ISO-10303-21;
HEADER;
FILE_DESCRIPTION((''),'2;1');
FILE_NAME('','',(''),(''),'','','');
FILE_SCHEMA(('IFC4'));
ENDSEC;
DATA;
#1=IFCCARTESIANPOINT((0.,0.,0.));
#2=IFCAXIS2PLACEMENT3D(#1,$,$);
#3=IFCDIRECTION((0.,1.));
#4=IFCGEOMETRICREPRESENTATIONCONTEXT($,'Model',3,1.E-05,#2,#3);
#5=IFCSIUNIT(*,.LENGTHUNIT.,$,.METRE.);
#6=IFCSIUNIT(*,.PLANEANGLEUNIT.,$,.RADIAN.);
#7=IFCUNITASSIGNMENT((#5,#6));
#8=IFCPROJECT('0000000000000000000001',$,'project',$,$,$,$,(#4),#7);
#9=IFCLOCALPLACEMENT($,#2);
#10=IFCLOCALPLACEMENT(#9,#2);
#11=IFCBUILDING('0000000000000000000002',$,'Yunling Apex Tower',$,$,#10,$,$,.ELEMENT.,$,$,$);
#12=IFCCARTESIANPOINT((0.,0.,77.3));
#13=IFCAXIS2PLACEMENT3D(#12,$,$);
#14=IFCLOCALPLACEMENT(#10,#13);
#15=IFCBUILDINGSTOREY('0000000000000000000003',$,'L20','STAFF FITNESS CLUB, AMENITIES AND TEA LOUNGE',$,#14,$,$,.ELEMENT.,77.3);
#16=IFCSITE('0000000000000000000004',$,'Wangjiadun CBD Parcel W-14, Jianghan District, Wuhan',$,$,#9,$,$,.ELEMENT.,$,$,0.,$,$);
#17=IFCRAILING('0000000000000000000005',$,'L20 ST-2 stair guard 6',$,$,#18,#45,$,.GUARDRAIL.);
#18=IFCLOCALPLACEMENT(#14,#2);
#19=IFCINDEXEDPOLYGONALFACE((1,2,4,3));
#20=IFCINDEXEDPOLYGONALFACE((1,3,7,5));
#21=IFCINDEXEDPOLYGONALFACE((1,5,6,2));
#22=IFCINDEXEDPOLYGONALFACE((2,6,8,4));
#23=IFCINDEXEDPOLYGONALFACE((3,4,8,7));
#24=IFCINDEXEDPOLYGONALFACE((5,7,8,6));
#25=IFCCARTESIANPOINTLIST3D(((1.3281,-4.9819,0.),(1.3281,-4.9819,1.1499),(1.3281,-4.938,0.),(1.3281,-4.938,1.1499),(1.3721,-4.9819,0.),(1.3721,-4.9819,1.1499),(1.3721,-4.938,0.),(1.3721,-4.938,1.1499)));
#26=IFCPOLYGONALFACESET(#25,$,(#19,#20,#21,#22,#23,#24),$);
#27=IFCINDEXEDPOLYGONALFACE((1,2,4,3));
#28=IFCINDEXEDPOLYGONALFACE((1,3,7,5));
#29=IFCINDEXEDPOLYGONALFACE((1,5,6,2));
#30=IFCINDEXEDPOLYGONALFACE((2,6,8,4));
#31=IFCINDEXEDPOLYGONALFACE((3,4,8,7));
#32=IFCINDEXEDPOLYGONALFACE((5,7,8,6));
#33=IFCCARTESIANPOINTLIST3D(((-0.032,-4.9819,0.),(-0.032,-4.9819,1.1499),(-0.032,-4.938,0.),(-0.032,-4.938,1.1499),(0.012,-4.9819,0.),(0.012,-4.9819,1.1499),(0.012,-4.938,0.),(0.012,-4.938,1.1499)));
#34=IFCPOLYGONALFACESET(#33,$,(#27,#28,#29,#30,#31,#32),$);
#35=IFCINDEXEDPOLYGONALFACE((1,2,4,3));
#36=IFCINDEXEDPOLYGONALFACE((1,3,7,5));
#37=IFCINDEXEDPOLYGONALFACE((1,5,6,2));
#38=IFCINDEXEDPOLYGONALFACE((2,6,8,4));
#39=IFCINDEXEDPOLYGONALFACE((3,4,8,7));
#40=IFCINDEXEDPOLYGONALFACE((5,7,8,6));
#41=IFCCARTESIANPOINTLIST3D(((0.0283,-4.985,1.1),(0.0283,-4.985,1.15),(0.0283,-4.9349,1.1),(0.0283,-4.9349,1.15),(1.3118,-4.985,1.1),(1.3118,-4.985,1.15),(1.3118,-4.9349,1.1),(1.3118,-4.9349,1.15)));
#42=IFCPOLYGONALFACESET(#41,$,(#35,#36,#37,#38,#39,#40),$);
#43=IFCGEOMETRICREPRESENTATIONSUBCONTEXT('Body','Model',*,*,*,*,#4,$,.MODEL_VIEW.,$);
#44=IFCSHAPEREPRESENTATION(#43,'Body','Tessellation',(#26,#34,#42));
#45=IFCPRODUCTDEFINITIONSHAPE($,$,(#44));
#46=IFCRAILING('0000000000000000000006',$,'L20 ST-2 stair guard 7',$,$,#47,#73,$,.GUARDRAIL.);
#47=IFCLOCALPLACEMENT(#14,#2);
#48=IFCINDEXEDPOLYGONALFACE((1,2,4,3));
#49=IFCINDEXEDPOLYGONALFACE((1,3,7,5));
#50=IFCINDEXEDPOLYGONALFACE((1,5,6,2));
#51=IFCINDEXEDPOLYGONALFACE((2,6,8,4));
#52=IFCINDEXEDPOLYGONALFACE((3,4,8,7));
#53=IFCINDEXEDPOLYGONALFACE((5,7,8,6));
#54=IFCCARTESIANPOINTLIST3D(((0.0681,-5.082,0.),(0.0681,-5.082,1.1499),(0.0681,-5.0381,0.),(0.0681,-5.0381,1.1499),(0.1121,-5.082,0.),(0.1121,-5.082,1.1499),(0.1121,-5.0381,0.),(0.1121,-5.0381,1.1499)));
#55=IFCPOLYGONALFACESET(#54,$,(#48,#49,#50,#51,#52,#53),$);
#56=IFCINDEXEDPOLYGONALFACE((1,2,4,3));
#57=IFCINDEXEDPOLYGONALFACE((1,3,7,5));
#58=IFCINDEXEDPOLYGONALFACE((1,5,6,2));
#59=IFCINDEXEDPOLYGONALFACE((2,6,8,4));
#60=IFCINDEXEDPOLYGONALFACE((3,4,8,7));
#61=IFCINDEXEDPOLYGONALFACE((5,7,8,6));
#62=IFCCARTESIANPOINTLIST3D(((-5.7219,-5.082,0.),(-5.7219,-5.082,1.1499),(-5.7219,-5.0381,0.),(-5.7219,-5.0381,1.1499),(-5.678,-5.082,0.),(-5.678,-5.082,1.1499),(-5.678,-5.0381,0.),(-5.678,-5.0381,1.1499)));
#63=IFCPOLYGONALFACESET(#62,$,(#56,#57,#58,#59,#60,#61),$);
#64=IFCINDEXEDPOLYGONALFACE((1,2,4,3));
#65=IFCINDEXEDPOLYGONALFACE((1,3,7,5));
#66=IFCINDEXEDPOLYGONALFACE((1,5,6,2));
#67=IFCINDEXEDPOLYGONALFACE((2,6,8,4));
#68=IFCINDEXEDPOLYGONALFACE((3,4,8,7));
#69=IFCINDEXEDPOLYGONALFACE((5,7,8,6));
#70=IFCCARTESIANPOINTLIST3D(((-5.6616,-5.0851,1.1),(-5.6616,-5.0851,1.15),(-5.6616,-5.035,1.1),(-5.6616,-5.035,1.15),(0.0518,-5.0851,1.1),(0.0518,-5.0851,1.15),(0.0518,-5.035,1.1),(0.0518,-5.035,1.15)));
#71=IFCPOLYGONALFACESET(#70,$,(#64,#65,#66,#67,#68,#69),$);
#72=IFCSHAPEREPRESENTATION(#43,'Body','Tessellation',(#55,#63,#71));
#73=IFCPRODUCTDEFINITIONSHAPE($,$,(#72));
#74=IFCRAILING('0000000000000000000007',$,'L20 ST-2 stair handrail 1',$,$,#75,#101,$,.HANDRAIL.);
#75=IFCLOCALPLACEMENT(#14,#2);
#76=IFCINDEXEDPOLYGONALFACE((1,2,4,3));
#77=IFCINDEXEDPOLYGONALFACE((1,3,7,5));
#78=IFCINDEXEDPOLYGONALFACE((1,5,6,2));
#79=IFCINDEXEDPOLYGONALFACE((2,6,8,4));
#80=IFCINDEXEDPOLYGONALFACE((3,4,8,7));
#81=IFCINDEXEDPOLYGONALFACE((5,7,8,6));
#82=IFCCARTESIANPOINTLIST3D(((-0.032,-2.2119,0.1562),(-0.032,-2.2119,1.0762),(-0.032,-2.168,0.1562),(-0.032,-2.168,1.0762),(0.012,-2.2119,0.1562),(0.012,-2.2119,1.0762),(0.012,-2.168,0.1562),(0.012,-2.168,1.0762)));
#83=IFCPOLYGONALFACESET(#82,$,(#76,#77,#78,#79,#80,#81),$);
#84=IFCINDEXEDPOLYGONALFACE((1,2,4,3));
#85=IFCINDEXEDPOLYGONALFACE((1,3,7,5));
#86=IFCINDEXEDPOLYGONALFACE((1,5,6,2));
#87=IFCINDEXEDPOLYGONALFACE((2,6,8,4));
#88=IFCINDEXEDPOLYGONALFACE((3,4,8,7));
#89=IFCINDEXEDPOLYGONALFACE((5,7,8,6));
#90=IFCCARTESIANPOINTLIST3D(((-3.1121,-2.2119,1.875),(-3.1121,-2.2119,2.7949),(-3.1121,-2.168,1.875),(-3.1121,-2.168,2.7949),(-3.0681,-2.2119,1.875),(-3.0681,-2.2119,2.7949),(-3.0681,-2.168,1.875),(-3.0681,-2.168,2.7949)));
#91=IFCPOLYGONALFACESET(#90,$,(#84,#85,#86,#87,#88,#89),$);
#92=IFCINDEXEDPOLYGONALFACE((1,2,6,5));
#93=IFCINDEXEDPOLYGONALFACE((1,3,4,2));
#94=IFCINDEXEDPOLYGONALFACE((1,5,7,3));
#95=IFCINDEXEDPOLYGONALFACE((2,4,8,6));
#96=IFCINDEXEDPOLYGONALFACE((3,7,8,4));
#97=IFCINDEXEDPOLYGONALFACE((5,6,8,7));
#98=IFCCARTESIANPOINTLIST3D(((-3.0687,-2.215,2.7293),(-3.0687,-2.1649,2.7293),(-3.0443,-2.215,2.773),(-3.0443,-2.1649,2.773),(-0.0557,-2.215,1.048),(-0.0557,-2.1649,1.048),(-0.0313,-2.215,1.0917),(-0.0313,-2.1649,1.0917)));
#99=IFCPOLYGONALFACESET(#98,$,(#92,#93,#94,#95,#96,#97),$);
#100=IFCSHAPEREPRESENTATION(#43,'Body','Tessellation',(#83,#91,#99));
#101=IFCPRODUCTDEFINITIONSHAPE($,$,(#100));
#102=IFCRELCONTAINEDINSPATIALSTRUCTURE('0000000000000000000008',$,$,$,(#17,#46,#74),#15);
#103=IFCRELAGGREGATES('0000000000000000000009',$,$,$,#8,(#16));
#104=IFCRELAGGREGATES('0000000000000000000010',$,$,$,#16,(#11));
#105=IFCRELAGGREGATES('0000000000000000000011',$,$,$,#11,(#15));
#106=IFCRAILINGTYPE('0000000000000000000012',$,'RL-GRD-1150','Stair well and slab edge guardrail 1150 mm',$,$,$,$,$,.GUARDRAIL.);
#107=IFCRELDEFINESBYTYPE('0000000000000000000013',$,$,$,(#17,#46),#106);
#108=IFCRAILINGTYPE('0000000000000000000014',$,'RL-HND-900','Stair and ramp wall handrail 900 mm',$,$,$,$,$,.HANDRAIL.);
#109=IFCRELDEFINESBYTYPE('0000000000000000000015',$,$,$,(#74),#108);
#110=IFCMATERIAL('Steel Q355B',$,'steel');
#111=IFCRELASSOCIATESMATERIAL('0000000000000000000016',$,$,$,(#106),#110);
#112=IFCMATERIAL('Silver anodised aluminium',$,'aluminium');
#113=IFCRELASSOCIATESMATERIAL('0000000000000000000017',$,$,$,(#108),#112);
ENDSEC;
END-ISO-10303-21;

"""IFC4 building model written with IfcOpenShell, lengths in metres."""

from ifc_helpers import new_model, si_unit, direction, frame, origin, origin_2d, place, context, subcontext, project, spatial, rectangle, extrude, material, type_object, element, save


model = new_model("IFC4")

# Units and contexts
model_context = context("Model", 3, precision=1e-05, world=origin(), true_north=direction((0.0, 1.0)))
body_context = subcontext(model_context, "Body", "Model", "MODEL_VIEW")
ifc_project = project(units=[si_unit("LENGTHUNIT", "METRE"), si_unit("PLANEANGLEUNIT", "RADIAN")], contexts=[model_context])

# Site, building, storey
site_placement = place(None, origin())
site = spatial("IfcSite", under=ifc_project, at=site_placement, Name="Wangjiadun CBD Parcel W-14, Jianghan District, Wuhan", CompositionType="ELEMENT", RefElevation=0.0)
building_placement = place(site_placement, origin())
building = spatial("IfcBuilding", under=site, at=building_placement, Name="Yunling Apex Tower", CompositionType="ELEMENT")
storey_placement = place(building_placement, frame((0.0, 0.0, 77.3)))
storey = spatial("IfcBuildingStorey", under=building, at=storey_placement, Name="L20", Description="STAFF FITNESS CLUB, AMENITIES AND TEA LOUNGE", CompositionType="ELEMENT", Elevation=77.3)

# Shared definitions
ifc_material_1 = material(Name="Steel Q355B", Category="steel")

# Railings
railing_type_1 = type_object("IfcRailingType", Name="RL-GRD-1150", Description="Stair well and slab edge guardrail 1150 mm", PredefinedType="GUARDRAIL", material=ifc_material_1)
railing_1_placement = place(storey_placement, frame((1.3501, -4.96, 0.0)))
element("IfcRailing", 1, at=railing_1_placement, inside=storey, type_object=railing_type_1, Name="L20 ST-2 stair guard 6", PredefinedType="GUARDRAIL", context=body_context, shape_type="SweptSolid", body=[
    extrude(rectangle(XDim=0.0439, YDim=0.0439, at=origin_2d()), origin(), (0.0, 0.0, 1.0), 1.1499),
    extrude(rectangle(XDim=0.0439, YDim=0.0439, at=origin_2d()), frame((-1.3601, 0.0, 0.0)), (0.0, 0.0, 1.0), 1.1499),
    extrude(rectangle(XDim=0.05, YDim=0.05, at=origin_2d()), frame((-0.0383, 0.0, 1.125), z_axis=(-1.0, 0.0, 0.0), x_axis=(0.0, -1.0, 0.0)), (0.0, 0.0, 1.0), 1.2834),
])
railing_2_placement = place(storey_placement, frame((0.0901, -5.0601, 0.0)))
element("IfcRailing", 2, at=railing_2_placement, inside=storey, type_object=railing_type_1, Name="L20 ST-2 stair guard 7", PredefinedType="GUARDRAIL", context=body_context, shape_type="SweptSolid", body=[
    extrude(rectangle(XDim=0.0439, YDim=0.0439, at=origin_2d()), origin(), (0.0, 0.0, 1.0), 1.1499),
    extrude(rectangle(XDim=0.0439, YDim=0.0439, at=origin_2d()), frame((-5.79, 0.0, 0.0)), (0.0, 0.0, 1.0), 1.1499),
    extrude(rectangle(XDim=0.05, YDim=0.05, at=origin_2d()), frame((-0.0383, 0.0, 1.125), z_axis=(-1.0, 0.0, 0.0), x_axis=(0.0, -1.0, 0.0)), (0.0, 0.0, 1.0), 5.7134),
])
ifc_material_2 = material(Name="Silver anodised aluminium", Category="aluminium")
railing_type_2 = type_object("IfcRailingType", Name="RL-HND-900", Description="Stair and ramp wall handrail 900 mm", PredefinedType="HANDRAIL", material=ifc_material_2)
railing_3_placement = place(storey_placement, frame((-0.01, -2.1899, 0.1562)))
element("IfcRailing", 3, at=railing_3_placement, inside=storey, type_object=railing_type_2, Name="L20 ST-2 stair handrail 1", PredefinedType="HANDRAIL", context=body_context, shape_type="SweptSolid", body=[
    extrude(rectangle(XDim=0.0439, YDim=0.0439, at=origin_2d()), origin(), (0.0, 0.0, 1.0), 0.9199),
    extrude(rectangle(XDim=0.0439, YDim=0.0439, at=origin_2d()), frame((-3.0801, 0.0, 1.7188)), (0.0, 0.0, 1.0), 0.9199),
    extrude(rectangle(XDim=0.05, YDim=0.05, at=origin_2d()), frame((-0.0334, 0.0, 0.9136), z_axis=(-0.873242, 0.0, 0.487288), x_axis=(0.0, -1.0, 0.0)), (0.0, 0.0, 1.0), 3.4504),
])

save(model, "model.ifc")
